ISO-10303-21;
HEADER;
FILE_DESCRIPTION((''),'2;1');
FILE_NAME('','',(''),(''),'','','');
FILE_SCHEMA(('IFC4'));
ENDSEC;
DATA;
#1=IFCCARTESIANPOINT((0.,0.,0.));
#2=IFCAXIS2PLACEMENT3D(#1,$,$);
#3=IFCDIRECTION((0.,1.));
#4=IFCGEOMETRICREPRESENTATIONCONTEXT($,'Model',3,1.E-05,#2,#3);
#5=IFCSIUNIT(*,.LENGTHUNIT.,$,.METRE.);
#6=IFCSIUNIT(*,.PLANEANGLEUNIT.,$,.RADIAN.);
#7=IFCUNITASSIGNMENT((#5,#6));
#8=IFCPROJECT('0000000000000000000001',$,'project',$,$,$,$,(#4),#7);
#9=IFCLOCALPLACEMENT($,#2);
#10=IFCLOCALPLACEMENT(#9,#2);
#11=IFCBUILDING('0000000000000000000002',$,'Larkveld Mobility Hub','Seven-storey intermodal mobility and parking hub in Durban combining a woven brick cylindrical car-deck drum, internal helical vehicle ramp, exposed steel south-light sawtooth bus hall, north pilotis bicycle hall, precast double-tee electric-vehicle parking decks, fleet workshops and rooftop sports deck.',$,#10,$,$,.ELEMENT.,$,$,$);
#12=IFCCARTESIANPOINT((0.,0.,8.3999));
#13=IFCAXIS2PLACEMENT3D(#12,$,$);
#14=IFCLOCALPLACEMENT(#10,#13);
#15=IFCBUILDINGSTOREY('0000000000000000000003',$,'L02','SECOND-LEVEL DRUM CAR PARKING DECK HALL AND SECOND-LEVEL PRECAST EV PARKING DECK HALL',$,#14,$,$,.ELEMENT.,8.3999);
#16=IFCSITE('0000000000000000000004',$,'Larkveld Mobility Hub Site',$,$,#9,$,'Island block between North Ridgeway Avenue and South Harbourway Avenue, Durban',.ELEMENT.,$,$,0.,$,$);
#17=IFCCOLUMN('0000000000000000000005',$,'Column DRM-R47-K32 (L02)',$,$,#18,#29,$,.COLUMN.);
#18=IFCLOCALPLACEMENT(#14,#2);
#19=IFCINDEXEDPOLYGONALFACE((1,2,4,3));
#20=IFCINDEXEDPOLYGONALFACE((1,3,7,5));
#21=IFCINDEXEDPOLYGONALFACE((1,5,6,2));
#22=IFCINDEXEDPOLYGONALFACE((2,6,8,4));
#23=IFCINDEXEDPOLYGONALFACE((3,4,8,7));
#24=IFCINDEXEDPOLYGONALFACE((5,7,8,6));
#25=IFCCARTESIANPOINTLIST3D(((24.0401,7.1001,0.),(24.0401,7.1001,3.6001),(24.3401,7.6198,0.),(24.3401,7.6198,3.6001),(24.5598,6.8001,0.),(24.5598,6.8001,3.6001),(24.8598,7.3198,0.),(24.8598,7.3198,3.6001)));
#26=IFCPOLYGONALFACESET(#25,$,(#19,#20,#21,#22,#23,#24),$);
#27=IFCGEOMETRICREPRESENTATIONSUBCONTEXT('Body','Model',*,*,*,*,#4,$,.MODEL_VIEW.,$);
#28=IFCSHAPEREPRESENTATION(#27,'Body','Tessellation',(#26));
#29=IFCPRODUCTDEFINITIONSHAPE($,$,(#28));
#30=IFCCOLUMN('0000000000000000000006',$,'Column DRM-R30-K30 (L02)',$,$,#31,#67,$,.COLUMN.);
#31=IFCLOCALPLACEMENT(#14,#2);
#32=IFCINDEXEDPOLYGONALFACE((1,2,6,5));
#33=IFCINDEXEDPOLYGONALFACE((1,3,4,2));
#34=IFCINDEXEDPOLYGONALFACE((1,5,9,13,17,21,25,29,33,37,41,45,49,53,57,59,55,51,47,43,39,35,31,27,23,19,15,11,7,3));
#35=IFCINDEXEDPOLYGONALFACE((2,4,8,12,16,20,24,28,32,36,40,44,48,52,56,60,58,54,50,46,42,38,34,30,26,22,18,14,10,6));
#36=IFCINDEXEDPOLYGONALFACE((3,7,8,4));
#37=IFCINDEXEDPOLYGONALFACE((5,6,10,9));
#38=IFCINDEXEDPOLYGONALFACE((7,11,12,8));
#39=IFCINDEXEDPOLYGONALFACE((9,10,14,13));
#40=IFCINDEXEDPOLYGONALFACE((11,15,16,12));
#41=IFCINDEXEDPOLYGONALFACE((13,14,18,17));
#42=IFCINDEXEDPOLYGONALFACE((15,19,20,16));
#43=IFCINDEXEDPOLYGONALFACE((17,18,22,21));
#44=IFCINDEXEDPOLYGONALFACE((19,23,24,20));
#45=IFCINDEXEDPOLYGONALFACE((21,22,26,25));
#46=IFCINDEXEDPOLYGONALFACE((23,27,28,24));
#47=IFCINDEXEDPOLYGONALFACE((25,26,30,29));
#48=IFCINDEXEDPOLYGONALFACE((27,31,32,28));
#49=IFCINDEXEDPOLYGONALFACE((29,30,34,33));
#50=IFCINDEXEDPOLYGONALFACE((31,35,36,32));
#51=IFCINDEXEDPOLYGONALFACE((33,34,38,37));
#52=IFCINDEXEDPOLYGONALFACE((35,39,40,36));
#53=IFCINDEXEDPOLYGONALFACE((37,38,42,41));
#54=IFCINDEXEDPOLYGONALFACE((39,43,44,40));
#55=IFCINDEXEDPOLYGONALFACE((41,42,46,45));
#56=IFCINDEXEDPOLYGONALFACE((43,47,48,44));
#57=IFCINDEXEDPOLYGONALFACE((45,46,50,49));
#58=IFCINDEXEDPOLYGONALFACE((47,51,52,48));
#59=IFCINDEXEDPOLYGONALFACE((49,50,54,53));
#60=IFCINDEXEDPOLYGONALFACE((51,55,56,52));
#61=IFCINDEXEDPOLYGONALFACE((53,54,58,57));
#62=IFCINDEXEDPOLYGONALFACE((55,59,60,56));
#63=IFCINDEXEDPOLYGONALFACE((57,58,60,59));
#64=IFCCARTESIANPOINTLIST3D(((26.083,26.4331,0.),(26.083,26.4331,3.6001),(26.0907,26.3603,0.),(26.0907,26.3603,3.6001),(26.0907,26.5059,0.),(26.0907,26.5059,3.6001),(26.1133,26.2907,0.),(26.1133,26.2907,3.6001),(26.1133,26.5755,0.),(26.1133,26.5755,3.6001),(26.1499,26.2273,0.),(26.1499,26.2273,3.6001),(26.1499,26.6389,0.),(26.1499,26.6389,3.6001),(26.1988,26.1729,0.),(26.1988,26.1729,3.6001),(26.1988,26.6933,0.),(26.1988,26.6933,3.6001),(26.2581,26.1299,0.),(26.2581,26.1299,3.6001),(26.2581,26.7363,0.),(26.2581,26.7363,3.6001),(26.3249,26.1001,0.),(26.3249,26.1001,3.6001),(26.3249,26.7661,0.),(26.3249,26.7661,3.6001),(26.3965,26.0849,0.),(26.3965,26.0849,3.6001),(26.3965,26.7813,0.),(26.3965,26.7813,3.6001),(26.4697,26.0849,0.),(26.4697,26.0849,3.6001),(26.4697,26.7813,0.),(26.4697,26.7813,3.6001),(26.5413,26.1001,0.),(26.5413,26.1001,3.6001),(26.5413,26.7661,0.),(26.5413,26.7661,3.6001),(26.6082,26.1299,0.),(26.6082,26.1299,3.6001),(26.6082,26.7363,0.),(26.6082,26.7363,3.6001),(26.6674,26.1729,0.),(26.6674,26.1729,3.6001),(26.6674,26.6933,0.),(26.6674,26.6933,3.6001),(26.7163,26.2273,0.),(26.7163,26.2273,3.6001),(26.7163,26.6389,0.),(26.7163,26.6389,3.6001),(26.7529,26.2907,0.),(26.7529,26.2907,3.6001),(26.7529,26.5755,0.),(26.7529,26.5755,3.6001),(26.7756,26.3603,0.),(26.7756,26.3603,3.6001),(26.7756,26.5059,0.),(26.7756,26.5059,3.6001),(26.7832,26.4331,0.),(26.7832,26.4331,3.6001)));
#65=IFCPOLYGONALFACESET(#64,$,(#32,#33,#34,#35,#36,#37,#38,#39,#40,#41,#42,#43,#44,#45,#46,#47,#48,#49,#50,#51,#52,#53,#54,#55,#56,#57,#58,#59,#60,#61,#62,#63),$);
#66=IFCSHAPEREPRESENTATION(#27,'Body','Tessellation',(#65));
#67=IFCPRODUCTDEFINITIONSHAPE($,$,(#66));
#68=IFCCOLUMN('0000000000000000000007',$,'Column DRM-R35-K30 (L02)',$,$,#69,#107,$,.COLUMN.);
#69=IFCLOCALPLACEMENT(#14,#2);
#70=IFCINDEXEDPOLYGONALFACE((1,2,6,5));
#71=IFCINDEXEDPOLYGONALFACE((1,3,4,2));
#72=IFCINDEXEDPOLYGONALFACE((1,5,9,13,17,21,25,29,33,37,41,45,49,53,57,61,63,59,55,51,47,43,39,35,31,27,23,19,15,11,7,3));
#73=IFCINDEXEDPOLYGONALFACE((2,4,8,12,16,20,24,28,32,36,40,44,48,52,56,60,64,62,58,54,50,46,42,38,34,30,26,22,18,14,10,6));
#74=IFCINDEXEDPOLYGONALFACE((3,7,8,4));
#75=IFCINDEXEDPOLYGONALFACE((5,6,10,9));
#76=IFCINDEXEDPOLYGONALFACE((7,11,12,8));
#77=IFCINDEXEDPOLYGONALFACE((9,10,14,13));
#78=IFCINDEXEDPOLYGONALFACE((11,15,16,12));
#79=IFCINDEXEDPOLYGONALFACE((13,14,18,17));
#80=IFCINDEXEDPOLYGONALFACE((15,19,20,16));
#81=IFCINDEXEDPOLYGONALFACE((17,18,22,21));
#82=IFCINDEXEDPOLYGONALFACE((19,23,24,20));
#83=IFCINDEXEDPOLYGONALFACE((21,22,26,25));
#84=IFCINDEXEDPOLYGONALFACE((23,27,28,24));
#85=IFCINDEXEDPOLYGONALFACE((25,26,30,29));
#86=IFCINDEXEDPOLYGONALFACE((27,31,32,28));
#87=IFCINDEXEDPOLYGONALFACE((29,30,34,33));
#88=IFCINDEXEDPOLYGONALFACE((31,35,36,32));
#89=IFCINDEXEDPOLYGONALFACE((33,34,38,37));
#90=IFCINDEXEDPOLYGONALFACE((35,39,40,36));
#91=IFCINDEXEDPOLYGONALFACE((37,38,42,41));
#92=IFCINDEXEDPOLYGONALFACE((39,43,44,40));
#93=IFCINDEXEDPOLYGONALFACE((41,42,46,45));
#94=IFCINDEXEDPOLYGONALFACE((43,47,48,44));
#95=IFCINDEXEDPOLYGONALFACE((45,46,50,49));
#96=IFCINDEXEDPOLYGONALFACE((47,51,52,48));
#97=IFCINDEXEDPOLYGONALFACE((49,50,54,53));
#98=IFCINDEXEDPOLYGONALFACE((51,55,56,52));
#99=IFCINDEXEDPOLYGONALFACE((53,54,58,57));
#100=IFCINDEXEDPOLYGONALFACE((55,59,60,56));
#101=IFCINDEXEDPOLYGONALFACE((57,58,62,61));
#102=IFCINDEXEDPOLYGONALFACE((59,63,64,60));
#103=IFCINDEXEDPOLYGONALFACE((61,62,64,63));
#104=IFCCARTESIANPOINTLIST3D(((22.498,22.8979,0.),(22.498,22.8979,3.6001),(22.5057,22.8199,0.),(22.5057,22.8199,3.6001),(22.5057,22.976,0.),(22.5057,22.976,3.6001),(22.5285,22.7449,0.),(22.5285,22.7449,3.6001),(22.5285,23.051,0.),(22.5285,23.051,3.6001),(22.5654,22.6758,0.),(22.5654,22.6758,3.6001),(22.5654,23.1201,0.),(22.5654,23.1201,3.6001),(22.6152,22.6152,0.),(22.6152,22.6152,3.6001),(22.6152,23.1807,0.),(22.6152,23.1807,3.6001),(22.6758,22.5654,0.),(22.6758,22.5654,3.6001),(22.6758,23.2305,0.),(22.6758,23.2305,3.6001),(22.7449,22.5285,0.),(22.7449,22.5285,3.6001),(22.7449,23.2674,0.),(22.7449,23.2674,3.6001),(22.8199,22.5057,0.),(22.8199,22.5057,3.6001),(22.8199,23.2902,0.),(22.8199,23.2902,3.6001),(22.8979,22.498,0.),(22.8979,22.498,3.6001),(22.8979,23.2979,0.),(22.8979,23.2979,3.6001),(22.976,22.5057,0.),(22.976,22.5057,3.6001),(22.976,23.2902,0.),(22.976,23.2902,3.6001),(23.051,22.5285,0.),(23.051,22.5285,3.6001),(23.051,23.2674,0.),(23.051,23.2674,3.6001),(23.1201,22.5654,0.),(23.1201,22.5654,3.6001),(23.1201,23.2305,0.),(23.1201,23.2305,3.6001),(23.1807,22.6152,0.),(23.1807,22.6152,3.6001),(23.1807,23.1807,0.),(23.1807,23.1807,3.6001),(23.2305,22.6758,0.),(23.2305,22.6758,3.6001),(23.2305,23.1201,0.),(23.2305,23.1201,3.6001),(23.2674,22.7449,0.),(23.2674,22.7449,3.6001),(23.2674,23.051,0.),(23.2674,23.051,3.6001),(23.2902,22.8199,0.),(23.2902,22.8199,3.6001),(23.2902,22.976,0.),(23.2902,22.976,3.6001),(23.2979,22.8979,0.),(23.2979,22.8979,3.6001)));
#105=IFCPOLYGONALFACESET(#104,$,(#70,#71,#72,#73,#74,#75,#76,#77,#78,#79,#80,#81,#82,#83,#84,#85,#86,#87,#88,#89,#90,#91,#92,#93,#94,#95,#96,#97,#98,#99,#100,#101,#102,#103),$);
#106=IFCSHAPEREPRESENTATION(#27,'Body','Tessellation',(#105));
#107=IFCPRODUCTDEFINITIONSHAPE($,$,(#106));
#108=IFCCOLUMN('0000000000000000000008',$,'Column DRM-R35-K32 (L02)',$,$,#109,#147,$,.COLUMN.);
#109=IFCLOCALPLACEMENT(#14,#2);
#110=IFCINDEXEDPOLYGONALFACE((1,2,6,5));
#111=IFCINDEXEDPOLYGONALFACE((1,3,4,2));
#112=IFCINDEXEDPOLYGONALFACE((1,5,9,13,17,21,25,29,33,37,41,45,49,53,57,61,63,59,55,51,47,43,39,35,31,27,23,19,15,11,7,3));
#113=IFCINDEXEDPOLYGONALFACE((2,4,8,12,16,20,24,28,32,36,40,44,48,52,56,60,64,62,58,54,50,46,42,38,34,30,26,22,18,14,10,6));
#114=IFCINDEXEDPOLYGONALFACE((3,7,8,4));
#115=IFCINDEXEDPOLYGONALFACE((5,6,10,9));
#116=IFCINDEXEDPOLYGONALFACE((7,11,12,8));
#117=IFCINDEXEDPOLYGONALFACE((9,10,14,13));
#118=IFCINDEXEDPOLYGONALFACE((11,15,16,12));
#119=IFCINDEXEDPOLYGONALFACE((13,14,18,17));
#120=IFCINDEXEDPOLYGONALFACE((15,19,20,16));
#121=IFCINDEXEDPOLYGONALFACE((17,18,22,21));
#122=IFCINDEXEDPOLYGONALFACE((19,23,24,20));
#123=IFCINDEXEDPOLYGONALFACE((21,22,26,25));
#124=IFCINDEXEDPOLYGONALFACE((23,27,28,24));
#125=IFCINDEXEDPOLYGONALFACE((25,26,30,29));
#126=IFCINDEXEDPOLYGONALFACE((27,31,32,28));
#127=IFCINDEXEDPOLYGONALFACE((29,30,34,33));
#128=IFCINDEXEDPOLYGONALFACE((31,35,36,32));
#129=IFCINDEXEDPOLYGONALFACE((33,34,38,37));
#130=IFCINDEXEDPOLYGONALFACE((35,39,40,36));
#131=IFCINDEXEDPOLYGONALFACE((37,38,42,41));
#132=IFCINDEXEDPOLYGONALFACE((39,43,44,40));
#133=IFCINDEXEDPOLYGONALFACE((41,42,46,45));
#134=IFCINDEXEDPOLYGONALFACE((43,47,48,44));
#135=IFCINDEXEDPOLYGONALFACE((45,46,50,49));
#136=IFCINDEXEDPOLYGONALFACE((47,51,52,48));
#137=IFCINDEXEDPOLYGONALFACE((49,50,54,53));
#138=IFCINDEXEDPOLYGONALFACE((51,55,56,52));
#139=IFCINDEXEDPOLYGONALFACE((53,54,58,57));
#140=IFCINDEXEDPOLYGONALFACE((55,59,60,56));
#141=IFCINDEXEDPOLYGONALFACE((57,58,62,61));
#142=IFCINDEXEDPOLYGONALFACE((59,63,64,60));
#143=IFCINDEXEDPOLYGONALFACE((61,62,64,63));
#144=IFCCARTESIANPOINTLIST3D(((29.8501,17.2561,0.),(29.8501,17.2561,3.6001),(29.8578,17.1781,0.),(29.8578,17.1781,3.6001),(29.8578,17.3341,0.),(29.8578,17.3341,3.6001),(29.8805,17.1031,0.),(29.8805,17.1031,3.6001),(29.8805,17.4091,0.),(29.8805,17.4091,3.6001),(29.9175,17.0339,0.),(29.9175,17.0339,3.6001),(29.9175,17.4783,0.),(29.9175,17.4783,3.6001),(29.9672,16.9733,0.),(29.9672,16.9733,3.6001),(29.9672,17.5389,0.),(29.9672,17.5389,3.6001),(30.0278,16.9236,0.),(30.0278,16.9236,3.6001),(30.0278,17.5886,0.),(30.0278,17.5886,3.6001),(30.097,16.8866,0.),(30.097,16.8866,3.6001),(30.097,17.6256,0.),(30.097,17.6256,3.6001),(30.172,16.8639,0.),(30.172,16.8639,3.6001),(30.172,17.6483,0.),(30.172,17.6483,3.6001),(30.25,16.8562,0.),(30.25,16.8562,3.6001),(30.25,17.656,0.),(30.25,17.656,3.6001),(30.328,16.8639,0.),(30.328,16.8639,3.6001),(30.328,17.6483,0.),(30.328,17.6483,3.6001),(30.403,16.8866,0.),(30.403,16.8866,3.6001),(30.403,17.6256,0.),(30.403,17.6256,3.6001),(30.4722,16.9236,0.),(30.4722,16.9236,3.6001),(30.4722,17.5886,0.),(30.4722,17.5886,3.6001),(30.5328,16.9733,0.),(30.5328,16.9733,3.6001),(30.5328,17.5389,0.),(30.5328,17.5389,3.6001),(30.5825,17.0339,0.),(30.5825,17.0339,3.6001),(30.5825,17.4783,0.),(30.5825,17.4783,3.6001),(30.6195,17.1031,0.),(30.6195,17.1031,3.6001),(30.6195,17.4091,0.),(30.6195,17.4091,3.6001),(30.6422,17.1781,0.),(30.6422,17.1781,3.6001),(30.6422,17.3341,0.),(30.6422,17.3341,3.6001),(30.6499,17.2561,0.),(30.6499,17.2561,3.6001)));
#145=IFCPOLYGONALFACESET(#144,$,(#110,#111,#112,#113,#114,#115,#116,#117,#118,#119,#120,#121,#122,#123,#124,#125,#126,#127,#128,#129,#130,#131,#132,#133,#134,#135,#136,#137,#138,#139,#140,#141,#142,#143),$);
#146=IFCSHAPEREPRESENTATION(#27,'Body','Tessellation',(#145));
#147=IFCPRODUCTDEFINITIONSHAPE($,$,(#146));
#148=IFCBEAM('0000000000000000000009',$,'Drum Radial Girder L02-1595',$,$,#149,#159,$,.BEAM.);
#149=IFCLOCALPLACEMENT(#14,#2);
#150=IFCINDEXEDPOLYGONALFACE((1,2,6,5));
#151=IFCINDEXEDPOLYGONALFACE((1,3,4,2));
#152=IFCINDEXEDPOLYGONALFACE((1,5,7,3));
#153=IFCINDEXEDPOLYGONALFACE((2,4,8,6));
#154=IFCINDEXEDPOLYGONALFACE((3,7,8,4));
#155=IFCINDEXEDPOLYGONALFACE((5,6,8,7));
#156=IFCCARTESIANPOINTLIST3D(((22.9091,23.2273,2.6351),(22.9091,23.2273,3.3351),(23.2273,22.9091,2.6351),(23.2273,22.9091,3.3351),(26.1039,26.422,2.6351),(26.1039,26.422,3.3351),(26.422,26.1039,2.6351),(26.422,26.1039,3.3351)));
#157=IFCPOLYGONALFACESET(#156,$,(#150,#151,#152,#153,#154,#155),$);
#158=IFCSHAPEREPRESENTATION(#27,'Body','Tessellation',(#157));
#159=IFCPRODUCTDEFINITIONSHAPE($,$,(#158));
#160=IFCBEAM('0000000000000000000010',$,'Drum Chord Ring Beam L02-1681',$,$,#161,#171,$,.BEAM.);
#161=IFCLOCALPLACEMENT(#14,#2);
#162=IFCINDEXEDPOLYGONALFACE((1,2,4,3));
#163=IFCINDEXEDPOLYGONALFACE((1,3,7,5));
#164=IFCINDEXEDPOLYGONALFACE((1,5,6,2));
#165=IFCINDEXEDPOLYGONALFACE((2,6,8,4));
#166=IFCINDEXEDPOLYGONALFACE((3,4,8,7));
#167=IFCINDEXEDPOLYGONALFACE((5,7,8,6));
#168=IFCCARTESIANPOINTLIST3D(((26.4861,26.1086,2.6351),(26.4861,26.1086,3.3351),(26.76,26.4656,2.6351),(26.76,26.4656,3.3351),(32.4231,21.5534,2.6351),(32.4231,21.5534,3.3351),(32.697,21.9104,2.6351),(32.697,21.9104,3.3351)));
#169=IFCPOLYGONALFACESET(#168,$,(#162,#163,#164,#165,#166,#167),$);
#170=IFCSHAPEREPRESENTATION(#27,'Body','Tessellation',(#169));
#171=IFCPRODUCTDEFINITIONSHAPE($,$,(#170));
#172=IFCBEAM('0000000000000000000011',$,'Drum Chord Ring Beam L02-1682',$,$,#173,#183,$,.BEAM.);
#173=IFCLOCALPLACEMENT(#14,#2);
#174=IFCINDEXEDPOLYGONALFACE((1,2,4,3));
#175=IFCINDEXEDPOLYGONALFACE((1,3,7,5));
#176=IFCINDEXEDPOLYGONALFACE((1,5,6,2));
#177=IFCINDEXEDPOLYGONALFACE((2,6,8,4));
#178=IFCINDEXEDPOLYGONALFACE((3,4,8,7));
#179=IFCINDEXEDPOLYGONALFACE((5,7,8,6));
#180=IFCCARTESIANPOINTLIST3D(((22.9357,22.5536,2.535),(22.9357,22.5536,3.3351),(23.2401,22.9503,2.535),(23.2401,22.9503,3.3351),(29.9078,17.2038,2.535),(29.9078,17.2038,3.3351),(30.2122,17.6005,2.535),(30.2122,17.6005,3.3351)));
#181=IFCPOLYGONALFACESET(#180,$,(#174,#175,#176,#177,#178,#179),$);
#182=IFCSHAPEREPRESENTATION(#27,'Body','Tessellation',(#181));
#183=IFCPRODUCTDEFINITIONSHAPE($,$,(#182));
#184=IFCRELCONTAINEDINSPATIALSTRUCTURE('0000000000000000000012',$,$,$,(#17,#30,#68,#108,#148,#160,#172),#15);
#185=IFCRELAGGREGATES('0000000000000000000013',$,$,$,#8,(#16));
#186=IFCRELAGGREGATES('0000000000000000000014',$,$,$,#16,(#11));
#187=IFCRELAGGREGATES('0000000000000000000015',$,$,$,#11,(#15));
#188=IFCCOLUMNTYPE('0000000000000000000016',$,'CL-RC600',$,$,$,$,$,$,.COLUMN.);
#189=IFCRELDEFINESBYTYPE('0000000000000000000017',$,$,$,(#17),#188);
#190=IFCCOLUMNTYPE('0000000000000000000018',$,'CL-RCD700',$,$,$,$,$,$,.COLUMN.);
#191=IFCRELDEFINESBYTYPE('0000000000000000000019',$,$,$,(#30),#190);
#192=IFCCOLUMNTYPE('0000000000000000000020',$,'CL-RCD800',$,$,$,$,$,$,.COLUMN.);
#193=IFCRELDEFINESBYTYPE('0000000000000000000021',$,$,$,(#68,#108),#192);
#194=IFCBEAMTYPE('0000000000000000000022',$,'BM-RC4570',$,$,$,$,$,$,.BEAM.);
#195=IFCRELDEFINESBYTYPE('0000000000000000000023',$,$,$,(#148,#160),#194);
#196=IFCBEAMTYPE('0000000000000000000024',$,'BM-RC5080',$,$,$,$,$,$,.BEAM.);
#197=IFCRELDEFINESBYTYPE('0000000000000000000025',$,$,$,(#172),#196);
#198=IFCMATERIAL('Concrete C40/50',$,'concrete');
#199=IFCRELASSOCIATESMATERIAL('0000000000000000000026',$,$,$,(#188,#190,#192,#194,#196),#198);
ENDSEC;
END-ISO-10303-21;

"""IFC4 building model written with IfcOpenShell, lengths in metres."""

from ifc_helpers import new_model, si_unit, direction, frame, origin, origin_2d, place, context, subcontext, project, spatial, rectangle, circle, extrude, material, material_profile, profile_set, type_object, element, save


model = new_model("IFC4")

# Units and contexts
model_context = context("Model", 3, precision=1e-05, world=origin(), true_north=direction((0.0, 1.0)))
body_context = subcontext(model_context, "Body", "Model", "MODEL_VIEW")
ifc_project = project(units=[si_unit("LENGTHUNIT", "METRE"), si_unit("PLANEANGLEUNIT", "RADIAN")], contexts=[model_context])

# Site, building, storey
site_placement = place(None, origin())
site = spatial("IfcSite", under=ifc_project, at=site_placement, Name="Larkveld Mobility Hub Site", LongName="Island block between North Ridgeway Avenue and South Harbourway Avenue, Durban", CompositionType="ELEMENT", RefElevation=0.0)
building_placement = place(site_placement, origin())
building = spatial("IfcBuilding", under=site, at=building_placement, Name="Larkveld Mobility Hub", Description="Seven-storey intermodal mobility and parking hub in Durban combining a woven brick cylindrical car-deck drum, internal helical vehicle ramp, exposed steel south-light sawtooth bus hall, north pilotis bicycle hall, precast double-tee electric-vehicle parking decks, fleet workshops and rooftop sports deck.", CompositionType="ELEMENT")
storey_placement = place(building_placement, frame((0.0, 0.0, 8.3999)))
storey = spatial("IfcBuildingStorey", under=building, at=storey_placement, Name="L02", Description="SECOND-LEVEL DRUM CAR PARKING DECK HALL AND SECOND-LEVEL PRECAST EV PARKING DECK HALL", CompositionType="ELEMENT", Elevation=8.3999)

# Columns
ifc_material_1 = material(Name="Concrete C40/50", Category="concrete")
ifc_material_profile_1 = material_profile(ifc_material_1, rectangle(XDim=0.6001, YDim=0.6001, at=origin_2d()), Name="RC COL 600x600")
ifc_profile_set_1 = profile_set([ifc_material_profile_1], Name="Concrete C40/50")
column_type_1 = type_object("IfcColumnType", Name="CL-RC600", PredefinedType="COLUMN", material=ifc_profile_set_1)
column_1_placement = place(storey_placement, frame((24.45, 7.21, 0.0), z_axis=(0.0, 0.0, 1.0), x_axis=(0.5, 0.866025, 0.0)))
element("IfcColumn", 1, at=column_1_placement, inside=storey, type_object=column_type_1, Name="Column DRM-R47-K32 (L02)", PredefinedType="COLUMN", context=body_context, shape_type="SweptSolid", body=[
    extrude(rectangle(XDim=0.6001, YDim=0.6001, at=origin_2d()), origin(), (0.0, 0.0, 1.0), 3.6001),
])
ifc_material_profile_2 = material_profile(ifc_material_1, circle(Radius=0.3501, at=origin_2d()), Name="RC COL D700")
ifc_profile_set_2 = profile_set([ifc_material_profile_2], Name="Concrete C40/50")
column_type_2 = type_object("IfcColumnType", Name="CL-RCD700", PredefinedType="COLUMN", material=ifc_profile_set_2)
column_2_placement = place(storey_placement, frame((26.4331, 26.4331, 0.0), z_axis=(0.0, 0.0, 1.0), x_axis=(1.0, 0.0, 0.0)))
element("IfcColumn", 2, at=column_2_placement, inside=storey, type_object=column_type_2, Name="Column DRM-R30-K30 (L02)", PredefinedType="COLUMN", context=body_context, shape_type="SweptSolid", body=[
    extrude(circle(Radius=0.3501, at=origin_2d()), origin(), (0.0, 0.0, 1.0), 3.6001),
])
ifc_material_profile_3 = material_profile(ifc_material_1, circle(Radius=0.3999, at=origin_2d()), Name="RC COL D800")
ifc_profile_set_3 = profile_set([ifc_material_profile_3], Name="Concrete C40/50")
column_type_3 = type_object("IfcColumnType", Name="CL-RCD800", PredefinedType="COLUMN", material=ifc_profile_set_3)
for number, where, z_axis, x_axis, name in (
    (3, (22.8979, 22.8979, 0.0), (0.0, 0.0, 1.0), (1.0, 0.0, 0.0), "Column DRM-R35-K30 (L02)"),
    (4, (30.25, 17.2561, 0.0), (0.0, 0.0, 1.0), (1.0, 0.0, 0.0), "Column DRM-R35-K32 (L02)"),
):
    element("IfcColumn", number, at=place(storey_placement, frame(where, z_axis=z_axis, x_axis=x_axis)), inside=storey, type_object=column_type_3, Name=name, PredefinedType="COLUMN", context=body_context, shape_type="SweptSolid", body=[
        extrude(circle(Radius=0.3999, at=origin_2d()), origin(), (0.0, 0.0, 1.0), 3.6001),
    ])

# Beams
ifc_material_profile_4 = material_profile(ifc_material_1, rectangle(XDim=0.45, YDim=0.7, at=origin_2d()), Name="RC BM 450x700")
ifc_profile_set_4 = profile_set([ifc_material_profile_4], Name="Concrete C40/50")
beam_type_1 = type_object("IfcBeamType", Name="BM-RC4570", PredefinedType="BEAM", material=ifc_profile_set_4)
beam_1_placement = place(storey_placement, frame((26.2629, 26.2629, 2.9851), z_axis=(-0.707107, -0.707107, 0.0), x_axis=(0.707107, -0.707107, 0.0)))
element("IfcBeam", 5, at=beam_1_placement, inside=storey, type_object=beam_type_1, Name="Drum Radial Girder L02-1595", PredefinedType="BEAM", context=body_context, shape_type="SweptSolid", body=[
    extrude(rectangle(XDim=0.45, YDim=0.7, at=origin_2d()), origin(), (0.0, 0.0, 1.0), 4.5181),
])
beam_2_placement = place(storey_placement, frame((26.623, 26.2871, 2.9851), z_axis=(0.793383, -0.608723, 0.0), x_axis=(0.608723, 0.793383, 0.0)))
element("IfcBeam", 6, at=beam_2_placement, inside=storey, type_object=beam_type_1, Name="Drum Chord Ring Beam L02-1681", PredefinedType="BEAM", context=body_context, shape_type="SweptSolid", body=[
    extrude(rectangle(XDim=0.45, YDim=0.7, at=origin_2d()), origin(), (0.0, 0.0, 1.0), 7.4832),
])
ifc_material_profile_5 = material_profile(ifc_material_1, rectangle(XDim=0.5, YDim=0.8, at=origin_2d()), Name="RC BM 500x800")
ifc_profile_set_5 = profile_set([ifc_material_profile_5], Name="Concrete C40/50")
beam_type_2 = type_object("IfcBeamType", Name="BM-RC5080", PredefinedType="BEAM", material=ifc_profile_set_5)
beam_3_placement = place(storey_placement, frame((23.0879, 22.752, 2.9351), z_axis=(0.793358, -0.608756, 0.0), x_axis=(0.608756, 0.793358, 0.0)))
element("IfcBeam", 7, at=beam_3_placement, inside=storey, type_object=beam_type_2, Name="Drum Chord Ring Beam L02-1682", PredefinedType="BEAM", context=body_context, shape_type="SweptSolid", body=[
    extrude(rectangle(XDim=0.5, YDim=0.8, at=origin_2d()), origin(), (0.0, 0.0, 1.0), 8.7881),
])

save(model, "model.ifc")
